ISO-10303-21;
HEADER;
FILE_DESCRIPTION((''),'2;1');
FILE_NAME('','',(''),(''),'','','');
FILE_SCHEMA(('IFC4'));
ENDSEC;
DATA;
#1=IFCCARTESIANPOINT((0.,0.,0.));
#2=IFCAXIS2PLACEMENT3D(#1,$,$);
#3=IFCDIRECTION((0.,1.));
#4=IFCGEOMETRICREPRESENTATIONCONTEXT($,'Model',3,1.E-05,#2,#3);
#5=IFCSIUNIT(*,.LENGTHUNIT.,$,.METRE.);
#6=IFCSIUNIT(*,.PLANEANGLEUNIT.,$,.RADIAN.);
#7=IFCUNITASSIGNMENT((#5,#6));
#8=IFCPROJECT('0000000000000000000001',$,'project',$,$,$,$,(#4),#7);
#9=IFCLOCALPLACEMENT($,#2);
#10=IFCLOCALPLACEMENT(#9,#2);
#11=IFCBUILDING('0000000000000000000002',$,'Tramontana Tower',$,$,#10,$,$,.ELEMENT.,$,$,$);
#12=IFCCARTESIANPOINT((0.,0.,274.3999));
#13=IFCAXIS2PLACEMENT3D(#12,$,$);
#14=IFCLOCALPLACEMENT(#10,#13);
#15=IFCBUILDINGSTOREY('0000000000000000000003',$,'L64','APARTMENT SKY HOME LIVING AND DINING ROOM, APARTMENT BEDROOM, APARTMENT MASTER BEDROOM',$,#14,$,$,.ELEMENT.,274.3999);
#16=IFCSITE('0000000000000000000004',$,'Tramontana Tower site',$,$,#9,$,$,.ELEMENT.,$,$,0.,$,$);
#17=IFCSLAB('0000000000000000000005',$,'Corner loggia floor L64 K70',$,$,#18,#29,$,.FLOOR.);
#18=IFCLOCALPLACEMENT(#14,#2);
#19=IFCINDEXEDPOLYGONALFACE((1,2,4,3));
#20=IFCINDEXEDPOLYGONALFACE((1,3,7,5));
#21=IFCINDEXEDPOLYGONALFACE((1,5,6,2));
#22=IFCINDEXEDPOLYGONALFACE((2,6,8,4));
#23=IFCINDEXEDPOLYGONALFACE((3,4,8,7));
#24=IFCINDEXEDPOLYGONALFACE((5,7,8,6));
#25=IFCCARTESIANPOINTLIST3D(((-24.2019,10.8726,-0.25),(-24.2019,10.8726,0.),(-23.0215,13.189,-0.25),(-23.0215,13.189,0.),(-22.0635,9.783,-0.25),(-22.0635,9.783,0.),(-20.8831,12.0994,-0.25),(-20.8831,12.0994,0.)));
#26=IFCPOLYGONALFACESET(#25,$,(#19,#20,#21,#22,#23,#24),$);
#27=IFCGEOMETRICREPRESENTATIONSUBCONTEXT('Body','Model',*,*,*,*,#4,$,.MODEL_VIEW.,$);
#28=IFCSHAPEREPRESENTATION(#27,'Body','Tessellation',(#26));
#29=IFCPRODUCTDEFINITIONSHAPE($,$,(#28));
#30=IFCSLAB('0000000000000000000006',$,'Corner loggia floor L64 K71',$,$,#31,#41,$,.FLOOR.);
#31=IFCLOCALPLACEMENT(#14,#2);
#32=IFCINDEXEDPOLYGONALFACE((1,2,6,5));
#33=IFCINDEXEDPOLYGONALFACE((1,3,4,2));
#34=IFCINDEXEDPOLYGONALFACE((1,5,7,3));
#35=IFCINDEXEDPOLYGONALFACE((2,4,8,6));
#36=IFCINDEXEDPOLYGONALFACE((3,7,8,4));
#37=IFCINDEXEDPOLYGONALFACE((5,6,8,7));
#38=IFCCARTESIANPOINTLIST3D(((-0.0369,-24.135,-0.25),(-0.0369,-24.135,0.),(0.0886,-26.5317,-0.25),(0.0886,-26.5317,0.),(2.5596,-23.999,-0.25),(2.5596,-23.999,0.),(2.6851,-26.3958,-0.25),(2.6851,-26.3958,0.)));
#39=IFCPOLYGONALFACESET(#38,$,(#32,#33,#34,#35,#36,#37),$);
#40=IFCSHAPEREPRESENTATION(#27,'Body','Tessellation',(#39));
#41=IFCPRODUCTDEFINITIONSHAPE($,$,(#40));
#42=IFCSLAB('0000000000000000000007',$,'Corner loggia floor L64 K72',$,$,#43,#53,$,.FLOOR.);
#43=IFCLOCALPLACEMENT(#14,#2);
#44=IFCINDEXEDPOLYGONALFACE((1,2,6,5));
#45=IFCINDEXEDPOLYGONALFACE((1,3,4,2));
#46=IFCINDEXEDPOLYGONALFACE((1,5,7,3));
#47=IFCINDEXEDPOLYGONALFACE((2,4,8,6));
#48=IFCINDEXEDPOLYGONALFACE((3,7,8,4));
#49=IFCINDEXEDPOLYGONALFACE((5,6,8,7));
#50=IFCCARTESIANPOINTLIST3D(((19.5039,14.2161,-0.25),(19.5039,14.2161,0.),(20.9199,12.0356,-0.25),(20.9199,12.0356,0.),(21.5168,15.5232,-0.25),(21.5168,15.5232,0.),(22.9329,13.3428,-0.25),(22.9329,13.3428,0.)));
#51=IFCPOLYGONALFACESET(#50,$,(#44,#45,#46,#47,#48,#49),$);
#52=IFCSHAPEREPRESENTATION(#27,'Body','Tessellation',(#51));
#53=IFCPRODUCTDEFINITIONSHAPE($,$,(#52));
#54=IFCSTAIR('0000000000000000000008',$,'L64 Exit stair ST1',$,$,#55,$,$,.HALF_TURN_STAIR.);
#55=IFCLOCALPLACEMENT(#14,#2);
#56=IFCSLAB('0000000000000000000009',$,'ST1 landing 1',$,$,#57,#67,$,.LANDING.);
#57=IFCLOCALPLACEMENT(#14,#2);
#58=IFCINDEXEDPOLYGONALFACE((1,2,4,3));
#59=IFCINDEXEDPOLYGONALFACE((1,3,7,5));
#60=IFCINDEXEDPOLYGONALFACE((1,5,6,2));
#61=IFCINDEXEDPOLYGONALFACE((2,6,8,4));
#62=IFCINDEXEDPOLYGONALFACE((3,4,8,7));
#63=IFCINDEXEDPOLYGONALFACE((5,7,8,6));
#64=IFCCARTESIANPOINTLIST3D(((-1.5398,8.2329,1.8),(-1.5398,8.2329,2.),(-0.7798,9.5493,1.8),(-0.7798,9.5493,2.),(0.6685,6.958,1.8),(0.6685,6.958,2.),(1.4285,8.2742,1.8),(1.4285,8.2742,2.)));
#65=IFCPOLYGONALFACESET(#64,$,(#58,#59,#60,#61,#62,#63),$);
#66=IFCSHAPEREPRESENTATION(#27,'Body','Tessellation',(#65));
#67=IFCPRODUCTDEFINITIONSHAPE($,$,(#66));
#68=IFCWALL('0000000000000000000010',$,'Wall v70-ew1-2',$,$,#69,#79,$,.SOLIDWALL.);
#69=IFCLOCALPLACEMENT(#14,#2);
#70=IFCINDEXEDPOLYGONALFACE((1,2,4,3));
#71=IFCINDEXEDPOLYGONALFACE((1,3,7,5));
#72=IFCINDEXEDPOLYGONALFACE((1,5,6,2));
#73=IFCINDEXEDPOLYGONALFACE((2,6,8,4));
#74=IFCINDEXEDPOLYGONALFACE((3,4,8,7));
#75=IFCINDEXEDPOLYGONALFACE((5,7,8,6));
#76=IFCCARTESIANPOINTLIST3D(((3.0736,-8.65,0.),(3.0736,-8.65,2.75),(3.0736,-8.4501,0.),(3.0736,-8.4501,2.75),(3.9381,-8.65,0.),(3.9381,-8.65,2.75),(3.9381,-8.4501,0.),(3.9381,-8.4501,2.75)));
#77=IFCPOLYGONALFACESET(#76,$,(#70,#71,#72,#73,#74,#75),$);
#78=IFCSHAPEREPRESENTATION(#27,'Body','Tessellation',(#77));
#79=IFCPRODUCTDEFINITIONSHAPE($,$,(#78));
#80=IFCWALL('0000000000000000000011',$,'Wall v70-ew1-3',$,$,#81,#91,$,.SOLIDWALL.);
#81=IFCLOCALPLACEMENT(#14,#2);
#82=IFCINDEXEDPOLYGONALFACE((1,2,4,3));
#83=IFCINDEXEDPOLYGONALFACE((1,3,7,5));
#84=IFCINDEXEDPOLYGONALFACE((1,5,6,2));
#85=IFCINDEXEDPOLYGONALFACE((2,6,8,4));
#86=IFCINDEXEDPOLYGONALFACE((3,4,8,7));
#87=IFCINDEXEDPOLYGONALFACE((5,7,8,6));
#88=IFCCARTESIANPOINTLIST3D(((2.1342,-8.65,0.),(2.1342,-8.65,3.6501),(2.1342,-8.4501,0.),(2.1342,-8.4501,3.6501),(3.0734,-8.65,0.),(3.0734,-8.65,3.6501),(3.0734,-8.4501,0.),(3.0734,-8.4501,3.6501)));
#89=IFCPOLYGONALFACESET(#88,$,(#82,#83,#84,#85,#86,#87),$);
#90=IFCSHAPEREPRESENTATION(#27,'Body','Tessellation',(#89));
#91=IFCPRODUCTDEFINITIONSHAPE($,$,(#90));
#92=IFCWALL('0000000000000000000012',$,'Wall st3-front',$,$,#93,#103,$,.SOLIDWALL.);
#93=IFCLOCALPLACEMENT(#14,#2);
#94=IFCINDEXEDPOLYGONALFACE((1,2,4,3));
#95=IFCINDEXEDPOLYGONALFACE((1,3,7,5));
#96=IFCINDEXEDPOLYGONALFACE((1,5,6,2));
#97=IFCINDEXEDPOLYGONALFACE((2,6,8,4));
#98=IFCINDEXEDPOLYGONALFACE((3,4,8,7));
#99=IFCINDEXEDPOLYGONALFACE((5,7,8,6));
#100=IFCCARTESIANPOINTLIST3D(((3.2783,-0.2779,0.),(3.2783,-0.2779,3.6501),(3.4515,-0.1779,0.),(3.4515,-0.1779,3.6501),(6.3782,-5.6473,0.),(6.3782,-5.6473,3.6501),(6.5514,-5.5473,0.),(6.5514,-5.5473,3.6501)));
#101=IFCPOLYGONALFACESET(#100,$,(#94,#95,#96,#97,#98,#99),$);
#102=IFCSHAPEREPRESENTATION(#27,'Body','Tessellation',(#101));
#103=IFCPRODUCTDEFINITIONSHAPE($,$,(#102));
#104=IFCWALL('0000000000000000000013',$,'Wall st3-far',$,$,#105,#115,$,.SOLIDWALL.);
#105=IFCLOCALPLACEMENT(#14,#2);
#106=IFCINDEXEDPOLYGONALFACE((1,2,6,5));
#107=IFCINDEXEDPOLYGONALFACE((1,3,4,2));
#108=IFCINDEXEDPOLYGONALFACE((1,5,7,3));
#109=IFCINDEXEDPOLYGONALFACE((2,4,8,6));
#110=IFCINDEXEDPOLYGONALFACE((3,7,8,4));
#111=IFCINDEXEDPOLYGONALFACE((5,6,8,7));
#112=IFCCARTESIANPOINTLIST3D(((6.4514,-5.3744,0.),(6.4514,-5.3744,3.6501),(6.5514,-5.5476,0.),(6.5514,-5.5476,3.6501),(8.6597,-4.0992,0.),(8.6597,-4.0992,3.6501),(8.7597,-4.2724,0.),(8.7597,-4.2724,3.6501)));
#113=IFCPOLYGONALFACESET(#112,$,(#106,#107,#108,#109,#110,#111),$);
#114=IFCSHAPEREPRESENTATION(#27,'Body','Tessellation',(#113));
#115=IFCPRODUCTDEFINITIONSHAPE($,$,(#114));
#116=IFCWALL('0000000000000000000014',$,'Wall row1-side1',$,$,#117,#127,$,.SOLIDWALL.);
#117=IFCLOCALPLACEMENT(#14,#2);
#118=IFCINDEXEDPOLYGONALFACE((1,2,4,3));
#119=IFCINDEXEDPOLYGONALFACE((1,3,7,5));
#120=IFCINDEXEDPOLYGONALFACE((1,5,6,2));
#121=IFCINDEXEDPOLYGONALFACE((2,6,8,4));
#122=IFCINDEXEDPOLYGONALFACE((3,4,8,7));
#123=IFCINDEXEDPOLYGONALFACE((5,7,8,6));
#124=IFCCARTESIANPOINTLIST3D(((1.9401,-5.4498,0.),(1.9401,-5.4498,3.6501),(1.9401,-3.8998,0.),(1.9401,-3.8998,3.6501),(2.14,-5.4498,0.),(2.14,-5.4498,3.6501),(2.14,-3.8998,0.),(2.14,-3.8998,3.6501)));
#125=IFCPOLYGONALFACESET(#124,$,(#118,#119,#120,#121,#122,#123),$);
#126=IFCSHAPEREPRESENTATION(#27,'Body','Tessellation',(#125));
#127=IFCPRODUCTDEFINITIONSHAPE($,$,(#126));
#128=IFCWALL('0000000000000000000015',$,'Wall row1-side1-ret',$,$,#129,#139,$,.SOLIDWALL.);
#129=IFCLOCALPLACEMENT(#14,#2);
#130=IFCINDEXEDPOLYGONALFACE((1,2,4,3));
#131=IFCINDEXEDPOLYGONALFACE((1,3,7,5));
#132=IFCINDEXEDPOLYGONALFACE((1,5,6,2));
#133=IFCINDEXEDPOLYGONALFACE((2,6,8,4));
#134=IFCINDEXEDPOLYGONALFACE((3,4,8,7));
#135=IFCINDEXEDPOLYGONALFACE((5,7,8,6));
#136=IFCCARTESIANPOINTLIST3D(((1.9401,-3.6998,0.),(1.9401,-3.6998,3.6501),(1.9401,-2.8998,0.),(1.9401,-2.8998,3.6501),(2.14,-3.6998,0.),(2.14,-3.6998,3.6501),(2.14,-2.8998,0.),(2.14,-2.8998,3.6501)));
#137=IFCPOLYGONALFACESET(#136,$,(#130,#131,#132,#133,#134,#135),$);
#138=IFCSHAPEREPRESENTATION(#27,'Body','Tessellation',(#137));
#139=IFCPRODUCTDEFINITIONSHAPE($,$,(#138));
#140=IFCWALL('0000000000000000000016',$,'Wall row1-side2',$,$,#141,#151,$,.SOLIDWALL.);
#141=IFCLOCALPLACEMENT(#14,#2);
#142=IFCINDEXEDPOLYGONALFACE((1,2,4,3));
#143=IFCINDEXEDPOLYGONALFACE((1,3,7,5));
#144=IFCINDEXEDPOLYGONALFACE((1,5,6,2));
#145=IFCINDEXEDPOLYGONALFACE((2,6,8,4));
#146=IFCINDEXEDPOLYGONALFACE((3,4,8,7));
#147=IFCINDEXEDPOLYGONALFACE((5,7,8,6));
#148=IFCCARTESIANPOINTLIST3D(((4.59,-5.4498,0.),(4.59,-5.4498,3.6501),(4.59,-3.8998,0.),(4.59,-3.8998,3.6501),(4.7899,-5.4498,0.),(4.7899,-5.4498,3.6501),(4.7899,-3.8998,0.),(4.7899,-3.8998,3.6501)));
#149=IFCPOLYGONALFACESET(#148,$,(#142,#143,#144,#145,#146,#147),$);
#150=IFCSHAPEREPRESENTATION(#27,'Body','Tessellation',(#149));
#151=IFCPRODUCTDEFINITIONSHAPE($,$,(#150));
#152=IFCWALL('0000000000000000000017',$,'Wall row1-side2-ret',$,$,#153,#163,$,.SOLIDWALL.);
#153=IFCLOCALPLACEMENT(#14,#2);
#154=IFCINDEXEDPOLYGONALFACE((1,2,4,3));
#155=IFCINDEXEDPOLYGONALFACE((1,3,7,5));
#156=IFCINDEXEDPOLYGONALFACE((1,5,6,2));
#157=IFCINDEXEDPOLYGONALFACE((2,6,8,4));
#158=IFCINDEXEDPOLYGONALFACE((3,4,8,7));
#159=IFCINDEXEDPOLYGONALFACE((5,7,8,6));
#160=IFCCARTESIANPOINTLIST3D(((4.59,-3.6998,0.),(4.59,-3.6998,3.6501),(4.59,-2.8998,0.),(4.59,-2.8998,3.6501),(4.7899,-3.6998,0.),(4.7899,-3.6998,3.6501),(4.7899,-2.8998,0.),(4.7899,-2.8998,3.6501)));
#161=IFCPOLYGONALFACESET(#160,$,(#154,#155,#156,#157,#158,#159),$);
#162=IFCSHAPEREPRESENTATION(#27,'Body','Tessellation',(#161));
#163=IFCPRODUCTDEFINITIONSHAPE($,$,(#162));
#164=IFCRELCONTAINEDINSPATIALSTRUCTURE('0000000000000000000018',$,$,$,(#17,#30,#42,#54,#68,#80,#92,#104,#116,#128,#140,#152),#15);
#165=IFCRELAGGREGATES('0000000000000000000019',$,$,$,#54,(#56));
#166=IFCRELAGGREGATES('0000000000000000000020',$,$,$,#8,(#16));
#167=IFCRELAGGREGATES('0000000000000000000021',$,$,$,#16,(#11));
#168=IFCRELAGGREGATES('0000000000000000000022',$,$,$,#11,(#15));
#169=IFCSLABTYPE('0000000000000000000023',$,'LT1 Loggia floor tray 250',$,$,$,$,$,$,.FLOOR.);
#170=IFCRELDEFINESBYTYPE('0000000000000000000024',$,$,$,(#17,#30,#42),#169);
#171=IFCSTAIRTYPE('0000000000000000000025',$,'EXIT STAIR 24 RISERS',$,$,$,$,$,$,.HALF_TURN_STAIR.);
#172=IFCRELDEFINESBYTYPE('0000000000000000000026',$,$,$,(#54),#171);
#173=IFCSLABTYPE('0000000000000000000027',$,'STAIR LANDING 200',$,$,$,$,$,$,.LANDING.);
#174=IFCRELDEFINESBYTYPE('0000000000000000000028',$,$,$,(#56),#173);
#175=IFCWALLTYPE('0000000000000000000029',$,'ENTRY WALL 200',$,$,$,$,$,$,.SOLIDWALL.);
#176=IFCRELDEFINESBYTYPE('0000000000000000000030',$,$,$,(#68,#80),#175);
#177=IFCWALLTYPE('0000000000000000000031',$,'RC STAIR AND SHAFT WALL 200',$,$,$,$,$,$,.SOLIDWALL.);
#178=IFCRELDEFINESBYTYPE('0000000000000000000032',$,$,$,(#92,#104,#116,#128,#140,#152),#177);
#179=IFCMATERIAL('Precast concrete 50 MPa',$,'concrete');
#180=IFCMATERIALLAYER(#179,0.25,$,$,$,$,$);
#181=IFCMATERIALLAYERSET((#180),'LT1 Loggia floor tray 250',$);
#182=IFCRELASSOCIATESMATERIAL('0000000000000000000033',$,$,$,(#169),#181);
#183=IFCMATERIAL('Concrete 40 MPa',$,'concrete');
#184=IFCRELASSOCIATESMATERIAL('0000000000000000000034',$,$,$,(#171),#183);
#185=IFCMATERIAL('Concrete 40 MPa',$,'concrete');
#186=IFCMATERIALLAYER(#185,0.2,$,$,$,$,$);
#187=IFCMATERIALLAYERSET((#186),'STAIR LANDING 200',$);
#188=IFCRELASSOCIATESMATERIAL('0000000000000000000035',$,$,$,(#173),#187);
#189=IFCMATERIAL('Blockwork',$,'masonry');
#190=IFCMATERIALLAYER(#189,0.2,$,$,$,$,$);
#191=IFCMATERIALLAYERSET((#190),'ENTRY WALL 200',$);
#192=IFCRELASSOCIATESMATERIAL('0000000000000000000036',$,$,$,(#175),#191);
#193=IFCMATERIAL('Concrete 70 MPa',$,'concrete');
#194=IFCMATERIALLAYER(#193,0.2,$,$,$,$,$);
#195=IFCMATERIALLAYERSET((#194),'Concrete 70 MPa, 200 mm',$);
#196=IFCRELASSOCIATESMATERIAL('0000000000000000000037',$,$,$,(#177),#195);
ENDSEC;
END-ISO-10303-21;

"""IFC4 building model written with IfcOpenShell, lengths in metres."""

from ifc_helpers import new_model, si_unit, direction, frame, frame_2d, origin, place, context, subcontext, project, spatial, polyline, rectangle, outline, extrude, material, layer, layer_set, type_object, element, aggregate, save


model = new_model("IFC4")

# Units and contexts
model_context = context("Model", 3, precision=1e-05, world=origin(), true_north=direction((0.0, 1.0)))
body_context = subcontext(model_context, "Body", "Model", "MODEL_VIEW")
ifc_project = project(units=[si_unit("LENGTHUNIT", "METRE"), si_unit("PLANEANGLEUNIT", "RADIAN")], contexts=[model_context])

# Site, building, storey
site_placement = place(None, origin())
site = spatial("IfcSite", under=ifc_project, at=site_placement, Name="Tramontana Tower site", CompositionType="ELEMENT", RefElevation=0.0)
building_placement = place(site_placement, origin())
building = spatial("IfcBuilding", under=site, at=building_placement, Name="Tramontana Tower", CompositionType="ELEMENT")
storey_placement = place(building_placement, frame((0.0, 0.0, 274.3999)))
storey = spatial("IfcBuildingStorey", under=building, at=storey_placement, Name="L64", Description="APARTMENT SKY HOME LIVING AND DINING ROOM, APARTMENT BEDROOM, APARTMENT MASTER BEDROOM", CompositionType="ELEMENT", Elevation=274.3999)

# Slabs
ifc_material_1 = material(Name="Precast concrete 50 MPa", Category="concrete")
ifc_layer_1 = layer(ifc_material_1, 0.25)
ifc_layer_set_1 = layer_set([ifc_layer_1], Name="LT1 Loggia floor tray 250")
slab_type_1 = type_object("IfcSlabType", Name="LT1 Loggia floor tray 250", PredefinedType="FLOOR", material=ifc_layer_set_1)
slab_1_placement = place(storey_placement, frame((0.0, 0.0, -0.25)))
element("IfcSlab", 1, at=slab_1_placement, inside=storey, type_object=slab_type_1, Name="Corner loggia floor L64 K70", PredefinedType="FLOOR", context=body_context, shape_type="SweptSolid", body=[
    extrude(outline(polyline([(-23.0215, 13.189), (-20.8831, 12.0994), (-22.0635, 9.783), (-24.2019, 10.8726), (-23.0215, 13.189)])), origin(), (0.0, 0.0, 1.0), 0.25),
])
slab_2_placement = place(storey_placement, frame((0.0, 0.0, -0.25)))
element("IfcSlab", 2, at=slab_2_placement, inside=storey, type_object=slab_type_1, Name="Corner loggia floor L64 K71", PredefinedType="FLOOR", context=body_context, shape_type="SweptSolid", body=[
    extrude(outline(polyline([(0.0886, -26.5317), (-0.0369, -24.135), (2.5596, -23.999), (2.6851, -26.3958), (0.0886, -26.5317)])), origin(), (0.0, 0.0, 1.0), 0.25),
])
slab_3_placement = place(storey_placement, frame((0.0, 0.0, -0.25)))
element("IfcSlab", 3, at=slab_3_placement, inside=storey, type_object=slab_type_1, Name="Corner loggia floor L64 K72", PredefinedType="FLOOR", context=body_context, shape_type="SweptSolid", body=[
    extrude(outline(polyline([(22.9329, 13.3428), (20.9199, 12.0356), (19.5039, 14.2161), (21.5168, 15.5232), (22.9329, 13.3428)])), origin(), (0.0, 0.0, 1.0), 0.25),
])

# Stair, slab
ifc_material_2 = material(Name="Concrete 40 MPa", Category="concrete")
stair_type = type_object("IfcStairType", Name="EXIT STAIR 24 RISERS", PredefinedType="HALF_TURN_STAIR", material=ifc_material_2)
stair_1_placement = place(storey_placement, origin())
stair_1 = element("IfcStair", 4, at=stair_1_placement, inside=storey, type_object=stair_type, Name="L64 Exit stair ST1", PredefinedType="HALF_TURN_STAIR")
ifc_material_3 = material(Name="Concrete 40 MPa", Category="concrete")
ifc_layer_2 = layer(ifc_material_3, 0.2)
ifc_layer_set_2 = layer_set([ifc_layer_2], Name="STAIR LANDING 200")
slab_type_2 = type_object("IfcSlabType", Name="STAIR LANDING 200", PredefinedType="LANDING", material=ifc_layer_set_2)
slab_4_placement = place(storey_placement, frame((0.0, 0.0, 1.8)))
slab_4 = element("IfcSlab", 5, at=slab_4_placement, type_object=slab_type_2, Name="ST1 landing 1", PredefinedType="LANDING", context=body_context, shape_type="SweptSolid", body=[
    extrude(outline(polyline([(0.6685, 6.958), (1.4285, 8.2742), (-0.7798, 9.5493), (-1.5398, 8.2329), (0.6685, 6.958)])), origin(), (0.0, 0.0, 1.0), 0.2),
])
aggregate(stair_1, [slab_4])

# Walls
ifc_material_4 = material(Name="Blockwork", Category="masonry")
ifc_layer_3 = layer(ifc_material_4, 0.2)
ifc_layer_set_3 = layer_set([ifc_layer_3], Name="ENTRY WALL 200")
wall_type_1 = type_object("IfcWallType", Name="ENTRY WALL 200", PredefinedType="SOLIDWALL", material=ifc_layer_set_3)
wall_1_placement = place(storey_placement, frame((3.938, -8.55, 0.0), z_axis=(0.0, 0.0, 1.0), x_axis=(-1.0, 0.0, 0.0)))
element("IfcWall", 6, at=wall_1_placement, inside=storey, type_object=wall_type_1, Name="Wall v70-ew1-2", PredefinedType="SOLIDWALL", context=body_context, shape_type="SweptSolid", body=[
    extrude(rectangle(XDim=0.8645, YDim=0.2, at=frame_2d((0.4321, 0.0))), origin(), (0.0, 0.0, 1.0), 2.75),
])
wall_2_placement = place(storey_placement, frame((3.0735, -8.55, 0.0), z_axis=(0.0, 0.0, 1.0), x_axis=(-1.0, 0.0, 0.0)))
element("IfcWall", 7, at=wall_2_placement, inside=storey, type_object=wall_type_1, Name="Wall v70-ew1-3", PredefinedType="SOLIDWALL", context=body_context, shape_type="SweptSolid", body=[
    extrude(rectangle(XDim=0.9392, YDim=0.2, at=frame_2d((0.4697, 0.0))), origin(), (0.0, 0.0, 1.0), 3.6501),
])
ifc_material_5 = material(Name="Concrete 70 MPa", Category="concrete")
ifc_layer_4 = layer(ifc_material_5, 0.2)
ifc_layer_set_4 = layer_set([ifc_layer_4], Name="Concrete 70 MPa, 200 mm")
wall_type_2 = type_object("IfcWallType", Name="RC STAIR AND SHAFT WALL 200", PredefinedType="SOLIDWALL", material=ifc_layer_set_4)
wall_3_placement = place(storey_placement, frame((6.4648, -5.5974, 0.0), z_axis=(0.0, 0.0, 1.0), x_axis=(-0.49998, 0.866037, 0.0)))
element("IfcWall", 8, at=wall_3_placement, inside=storey, type_object=wall_type_2, Name="Wall st3-front", PredefinedType="SOLIDWALL", context=body_context, shape_type="SweptSolid", body=[
    extrude(rectangle(XDim=6.2, YDim=0.2, at=frame_2d((3.1001, 0.0))), origin(), (0.0, 0.0, 1.0), 3.6501),
])
wall_4_placement = place(storey_placement, frame((6.5015, -5.4609, 0.0), z_axis=(0.0, 0.0, 1.0), x_axis=(0.865989, 0.500062, 0.0)))
element("IfcWall", 9, at=wall_4_placement, inside=storey, type_object=wall_type_2, Name="Wall st3-far", PredefinedType="SOLIDWALL", context=body_context, shape_type="SweptSolid", body=[
    extrude(rectangle(XDim=2.55, YDim=0.2, at=frame_2d((1.2749, 0.0))), origin(), (0.0, 0.0, 1.0), 3.6501),
])

# Walls
wall_5_placement = place(storey_placement, frame((2.04, -3.8999, 0.0), z_axis=(0.0, 0.0, 1.0), x_axis=(0.0, -1.0, 0.0)))
element("IfcWall", 10, at=wall_5_placement, inside=storey, type_object=wall_type_2, Name="Wall row1-side1", PredefinedType="SOLIDWALL", context=body_context, shape_type="SweptSolid", body=[
    extrude(rectangle(XDim=1.55, YDim=0.2, at=frame_2d((0.7749, 0.0))), origin(), (0.0, 0.0, 1.0), 3.6501),
])
wall_6_placement = place(storey_placement, frame((2.04, -2.8999, 0.0), z_axis=(0.0, 0.0, 1.0), x_axis=(0.0, -1.0, 0.0)))
element("IfcWall", 11, at=wall_6_placement, inside=storey, type_object=wall_type_2, Name="Wall row1-side1-ret", PredefinedType="SOLIDWALL", context=body_context, shape_type="SweptSolid", body=[
    extrude(rectangle(XDim=0.8, YDim=0.2, at=frame_2d((0.3999, 0.0))), origin(), (0.0, 0.0, 1.0), 3.6501),
])
wall_7_placement = place(storey_placement, frame((4.6899, -3.8999, 0.0), z_axis=(0.0, 0.0, 1.0), x_axis=(0.0, -1.0, 0.0)))
element("IfcWall", 12, at=wall_7_placement, inside=storey, type_object=wall_type_2, Name="Wall row1-side2", PredefinedType="SOLIDWALL", context=body_context, shape_type="SweptSolid", body=[
    extrude(rectangle(XDim=1.55, YDim=0.2, at=frame_2d((0.7749, 0.0))), origin(), (0.0, 0.0, 1.0), 3.6501),
])
wall_8_placement = place(storey_placement, frame((4.6899, -2.8999, 0.0), z_axis=(0.0, 0.0, 1.0), x_axis=(0.0, -1.0, 0.0)))
element("IfcWall", 13, at=wall_8_placement, inside=storey, type_object=wall_type_2, Name="Wall row1-side2-ret", PredefinedType="SOLIDWALL", context=body_context, shape_type="SweptSolid", body=[
    extrude(rectangle(XDim=0.8, YDim=0.2, at=frame_2d((0.3999, 0.0))), origin(), (0.0, 0.0, 1.0), 3.6501),
])

save(model, "model.ifc")
